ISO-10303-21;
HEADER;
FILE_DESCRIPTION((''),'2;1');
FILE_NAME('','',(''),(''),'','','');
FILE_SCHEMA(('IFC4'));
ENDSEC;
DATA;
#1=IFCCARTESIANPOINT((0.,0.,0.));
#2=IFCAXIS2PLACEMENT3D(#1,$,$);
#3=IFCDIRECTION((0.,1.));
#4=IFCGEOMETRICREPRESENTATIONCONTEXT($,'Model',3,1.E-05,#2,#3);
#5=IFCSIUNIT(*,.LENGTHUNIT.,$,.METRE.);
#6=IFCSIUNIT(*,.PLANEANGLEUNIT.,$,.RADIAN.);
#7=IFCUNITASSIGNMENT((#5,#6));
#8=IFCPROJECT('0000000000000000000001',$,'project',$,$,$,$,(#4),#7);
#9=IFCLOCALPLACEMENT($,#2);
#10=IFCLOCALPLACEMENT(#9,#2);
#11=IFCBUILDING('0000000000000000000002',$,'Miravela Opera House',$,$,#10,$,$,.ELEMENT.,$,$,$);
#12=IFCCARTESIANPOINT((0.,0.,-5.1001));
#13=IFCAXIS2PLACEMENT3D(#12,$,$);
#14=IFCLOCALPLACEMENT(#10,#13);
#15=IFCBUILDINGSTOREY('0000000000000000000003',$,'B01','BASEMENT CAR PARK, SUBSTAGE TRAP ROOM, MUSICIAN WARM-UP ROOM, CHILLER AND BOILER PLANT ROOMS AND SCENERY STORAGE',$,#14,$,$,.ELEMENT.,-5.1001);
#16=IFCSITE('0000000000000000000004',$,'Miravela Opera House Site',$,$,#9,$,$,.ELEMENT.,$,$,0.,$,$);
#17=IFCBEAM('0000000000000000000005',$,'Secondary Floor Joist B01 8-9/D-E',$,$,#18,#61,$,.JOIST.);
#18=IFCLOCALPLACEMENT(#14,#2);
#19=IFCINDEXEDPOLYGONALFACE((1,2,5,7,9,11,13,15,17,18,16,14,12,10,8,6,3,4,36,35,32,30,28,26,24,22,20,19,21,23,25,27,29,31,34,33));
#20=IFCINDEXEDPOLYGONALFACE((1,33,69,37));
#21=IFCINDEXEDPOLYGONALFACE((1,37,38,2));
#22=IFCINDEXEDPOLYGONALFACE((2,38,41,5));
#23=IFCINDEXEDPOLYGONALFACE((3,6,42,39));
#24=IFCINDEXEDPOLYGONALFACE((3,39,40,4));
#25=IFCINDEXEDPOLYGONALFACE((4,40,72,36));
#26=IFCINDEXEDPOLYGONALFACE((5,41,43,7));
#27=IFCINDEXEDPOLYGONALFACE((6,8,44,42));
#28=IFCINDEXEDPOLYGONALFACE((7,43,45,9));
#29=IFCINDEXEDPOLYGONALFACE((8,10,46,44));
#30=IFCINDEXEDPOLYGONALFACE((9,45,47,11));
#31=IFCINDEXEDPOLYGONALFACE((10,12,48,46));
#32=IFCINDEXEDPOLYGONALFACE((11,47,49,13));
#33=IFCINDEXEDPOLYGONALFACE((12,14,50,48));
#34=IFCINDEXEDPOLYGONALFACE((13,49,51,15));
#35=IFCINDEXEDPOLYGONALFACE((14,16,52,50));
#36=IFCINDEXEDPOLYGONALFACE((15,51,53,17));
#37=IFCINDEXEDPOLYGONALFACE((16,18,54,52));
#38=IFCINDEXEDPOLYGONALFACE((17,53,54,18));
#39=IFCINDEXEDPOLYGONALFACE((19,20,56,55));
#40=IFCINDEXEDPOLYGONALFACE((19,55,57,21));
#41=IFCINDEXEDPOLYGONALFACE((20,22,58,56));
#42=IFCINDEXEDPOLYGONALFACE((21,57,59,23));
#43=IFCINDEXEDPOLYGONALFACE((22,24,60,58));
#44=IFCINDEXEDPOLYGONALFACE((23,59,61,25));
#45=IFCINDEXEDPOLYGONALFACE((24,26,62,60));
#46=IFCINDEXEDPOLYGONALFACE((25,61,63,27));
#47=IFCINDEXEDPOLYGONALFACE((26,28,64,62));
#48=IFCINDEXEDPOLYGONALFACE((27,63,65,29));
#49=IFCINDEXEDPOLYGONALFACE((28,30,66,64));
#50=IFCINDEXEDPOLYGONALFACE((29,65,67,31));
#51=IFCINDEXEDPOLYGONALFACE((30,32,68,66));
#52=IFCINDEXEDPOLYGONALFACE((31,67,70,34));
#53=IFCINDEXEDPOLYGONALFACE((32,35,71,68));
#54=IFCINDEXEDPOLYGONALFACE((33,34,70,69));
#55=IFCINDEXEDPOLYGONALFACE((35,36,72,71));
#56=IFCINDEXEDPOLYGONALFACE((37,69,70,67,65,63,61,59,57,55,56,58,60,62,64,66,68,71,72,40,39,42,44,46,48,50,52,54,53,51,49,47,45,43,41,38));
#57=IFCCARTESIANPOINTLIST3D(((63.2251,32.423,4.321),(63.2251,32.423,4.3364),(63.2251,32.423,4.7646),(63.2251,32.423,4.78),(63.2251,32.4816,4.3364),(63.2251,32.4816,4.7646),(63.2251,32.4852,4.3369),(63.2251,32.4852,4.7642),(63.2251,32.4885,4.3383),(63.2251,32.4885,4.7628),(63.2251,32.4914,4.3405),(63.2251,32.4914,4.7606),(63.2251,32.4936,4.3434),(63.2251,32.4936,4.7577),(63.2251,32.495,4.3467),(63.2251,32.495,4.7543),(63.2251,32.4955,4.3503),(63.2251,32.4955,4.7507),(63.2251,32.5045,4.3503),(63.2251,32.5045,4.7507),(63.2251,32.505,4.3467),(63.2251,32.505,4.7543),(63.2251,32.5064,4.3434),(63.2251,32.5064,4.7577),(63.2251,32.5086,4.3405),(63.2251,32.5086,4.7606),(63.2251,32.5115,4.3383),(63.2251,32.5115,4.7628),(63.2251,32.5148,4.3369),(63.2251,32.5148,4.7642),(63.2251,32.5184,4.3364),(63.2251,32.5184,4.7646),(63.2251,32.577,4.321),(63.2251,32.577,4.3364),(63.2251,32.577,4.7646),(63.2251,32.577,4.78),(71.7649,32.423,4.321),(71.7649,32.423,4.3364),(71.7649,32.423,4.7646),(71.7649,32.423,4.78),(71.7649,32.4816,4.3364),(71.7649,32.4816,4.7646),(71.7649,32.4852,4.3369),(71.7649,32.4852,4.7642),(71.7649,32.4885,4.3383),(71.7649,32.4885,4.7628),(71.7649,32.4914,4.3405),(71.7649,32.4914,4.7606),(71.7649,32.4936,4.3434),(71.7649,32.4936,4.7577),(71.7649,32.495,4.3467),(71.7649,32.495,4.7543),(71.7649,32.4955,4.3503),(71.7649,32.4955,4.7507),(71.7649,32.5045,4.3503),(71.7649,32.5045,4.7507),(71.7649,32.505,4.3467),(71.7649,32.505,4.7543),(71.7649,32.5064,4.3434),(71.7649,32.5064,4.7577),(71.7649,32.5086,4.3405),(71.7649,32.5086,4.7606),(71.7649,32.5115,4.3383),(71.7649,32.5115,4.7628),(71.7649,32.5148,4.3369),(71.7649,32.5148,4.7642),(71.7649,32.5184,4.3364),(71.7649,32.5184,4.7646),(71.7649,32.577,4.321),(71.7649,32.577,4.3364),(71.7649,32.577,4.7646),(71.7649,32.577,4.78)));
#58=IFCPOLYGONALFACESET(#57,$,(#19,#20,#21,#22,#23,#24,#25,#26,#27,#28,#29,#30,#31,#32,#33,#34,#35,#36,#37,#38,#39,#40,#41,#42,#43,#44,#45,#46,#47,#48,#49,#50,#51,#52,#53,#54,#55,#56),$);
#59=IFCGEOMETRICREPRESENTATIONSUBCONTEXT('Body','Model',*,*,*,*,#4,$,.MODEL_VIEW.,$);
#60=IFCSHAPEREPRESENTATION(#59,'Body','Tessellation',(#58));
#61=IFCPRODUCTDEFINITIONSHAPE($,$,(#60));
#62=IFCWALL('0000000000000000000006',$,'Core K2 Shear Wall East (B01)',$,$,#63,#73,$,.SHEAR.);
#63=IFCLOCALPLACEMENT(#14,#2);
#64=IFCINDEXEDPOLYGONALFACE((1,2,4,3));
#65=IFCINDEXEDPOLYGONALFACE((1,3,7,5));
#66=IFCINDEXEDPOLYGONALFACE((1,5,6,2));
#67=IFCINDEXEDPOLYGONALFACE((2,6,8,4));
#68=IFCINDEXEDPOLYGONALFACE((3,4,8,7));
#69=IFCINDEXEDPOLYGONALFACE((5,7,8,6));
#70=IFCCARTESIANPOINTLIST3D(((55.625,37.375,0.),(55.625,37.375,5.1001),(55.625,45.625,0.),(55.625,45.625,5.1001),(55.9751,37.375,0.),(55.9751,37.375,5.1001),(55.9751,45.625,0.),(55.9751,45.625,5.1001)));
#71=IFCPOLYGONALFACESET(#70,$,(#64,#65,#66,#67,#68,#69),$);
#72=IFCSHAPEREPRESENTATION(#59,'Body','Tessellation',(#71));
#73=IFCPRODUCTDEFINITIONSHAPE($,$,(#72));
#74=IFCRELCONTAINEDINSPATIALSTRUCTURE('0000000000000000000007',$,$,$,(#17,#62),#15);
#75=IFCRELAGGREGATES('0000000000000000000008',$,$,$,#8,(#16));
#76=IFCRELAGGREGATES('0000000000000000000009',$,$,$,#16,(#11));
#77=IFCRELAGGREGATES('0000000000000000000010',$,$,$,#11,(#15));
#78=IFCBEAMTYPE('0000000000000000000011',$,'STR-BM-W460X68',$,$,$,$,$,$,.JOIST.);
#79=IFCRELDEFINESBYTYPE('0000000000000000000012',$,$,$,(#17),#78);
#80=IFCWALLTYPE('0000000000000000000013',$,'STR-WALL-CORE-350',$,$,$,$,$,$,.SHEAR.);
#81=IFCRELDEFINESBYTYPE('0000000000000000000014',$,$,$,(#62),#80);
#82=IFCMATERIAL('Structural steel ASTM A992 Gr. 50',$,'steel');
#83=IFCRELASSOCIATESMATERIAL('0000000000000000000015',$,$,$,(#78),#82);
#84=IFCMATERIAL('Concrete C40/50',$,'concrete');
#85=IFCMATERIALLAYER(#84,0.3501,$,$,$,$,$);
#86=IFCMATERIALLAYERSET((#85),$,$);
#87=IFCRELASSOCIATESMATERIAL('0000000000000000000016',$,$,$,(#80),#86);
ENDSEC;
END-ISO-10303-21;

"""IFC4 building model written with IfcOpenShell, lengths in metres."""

from ifc_helpers import new_model, si_unit, direction, frame, frame_2d, origin, origin_2d, place, context, subcontext, project, spatial, rectangle, i_section, extrude, material, layer, layer_set, material_profile, profile_set, type_object, element, save


model = new_model("IFC4")

# Units and contexts
model_context = context("Model", 3, precision=1e-05, world=origin(), true_north=direction((0.0, 1.0)))
body_context = subcontext(model_context, "Body", "Model", "MODEL_VIEW")
ifc_project = project(units=[si_unit("LENGTHUNIT", "METRE"), si_unit("PLANEANGLEUNIT", "RADIAN")], contexts=[model_context])

# Site, building, storey
site_placement = place(None, origin())
site = spatial("IfcSite", under=ifc_project, at=site_placement, Name="Miravela Opera House Site", CompositionType="ELEMENT", RefElevation=0.0)
building_placement = place(site_placement, origin())
building = spatial("IfcBuilding", under=site, at=building_placement, Name="Miravela Opera House", CompositionType="ELEMENT")
storey_placement = place(building_placement, frame((0.0, 0.0, -5.1001)))
storey = spatial("IfcBuildingStorey", under=building, at=storey_placement, Name="B01", Description="BASEMENT CAR PARK, SUBSTAGE TRAP ROOM, MUSICIAN WARM-UP ROOM, CHILLER AND BOILER PLANT ROOMS AND SCENERY STORAGE", CompositionType="ELEMENT", Elevation=-5.1001)

# Shared definitions
ifc_material_1 = material(Name="Concrete C40/50", Category="concrete")

# Beam
ifc_material_2 = material(Name="Structural steel ASTM A992 Gr. 50", Category="steel")
ifc_material_profile_1 = material_profile(ifc_material_2, i_section(OverallWidth=0.1541, OverallDepth=0.459, WebThickness=0.009, FlangeThickness=0.0154, FilletRadius=0.0139, at=origin_2d()), Name="W460X68")
ifc_profile_set_1 = profile_set([ifc_material_profile_1])
beam_type_1 = type_object("IfcBeamType", Name="STR-BM-W460X68", PredefinedType="JOIST", material=ifc_profile_set_1)
beam_1_placement = place(storey_placement, frame((63.2251, 32.5, 4.5505), z_axis=(1.0, 0.0, 0.0), x_axis=(0.0, 1.0, 0.0)))
element("IfcBeam", 1, at=beam_1_placement, inside=storey, type_object=beam_type_1, Name="Secondary Floor Joist B01 8-9/D-E", PredefinedType="JOIST", context=body_context, shape_type="SweptSolid", body=[
    extrude(i_section(OverallWidth=0.1541, OverallDepth=0.459, WebThickness=0.009, FlangeThickness=0.0154, FilletRadius=0.0139, at=origin_2d()), origin(), (0.0, 0.0, 1.0), 8.5398),
])

# Wall
ifc_layer = layer(ifc_material_1, 0.3501)
ifc_layer_set = layer_set([ifc_layer])
wall_type = type_object("IfcWallType", Name="STR-WALL-CORE-350", PredefinedType="SHEAR", material=ifc_layer_set)
wall_placement = place(storey_placement, frame((55.8, 37.375, 0.0), z_axis=(0.0, 0.0, 1.0), x_axis=(0.0, 1.0, 0.0)))
element("IfcWall", 2, at=wall_placement, inside=storey, type_object=wall_type, Name="Core K2 Shear Wall East (B01)", PredefinedType="SHEAR", context=body_context, shape_type="SweptSolid", body=[
    extrude(rectangle(XDim=8.25, YDim=0.3501, at=frame_2d((4.125, 0.0))), origin(), (0.0, 0.0, 1.0), 5.1001),
])

save(model, "model.ifc")
